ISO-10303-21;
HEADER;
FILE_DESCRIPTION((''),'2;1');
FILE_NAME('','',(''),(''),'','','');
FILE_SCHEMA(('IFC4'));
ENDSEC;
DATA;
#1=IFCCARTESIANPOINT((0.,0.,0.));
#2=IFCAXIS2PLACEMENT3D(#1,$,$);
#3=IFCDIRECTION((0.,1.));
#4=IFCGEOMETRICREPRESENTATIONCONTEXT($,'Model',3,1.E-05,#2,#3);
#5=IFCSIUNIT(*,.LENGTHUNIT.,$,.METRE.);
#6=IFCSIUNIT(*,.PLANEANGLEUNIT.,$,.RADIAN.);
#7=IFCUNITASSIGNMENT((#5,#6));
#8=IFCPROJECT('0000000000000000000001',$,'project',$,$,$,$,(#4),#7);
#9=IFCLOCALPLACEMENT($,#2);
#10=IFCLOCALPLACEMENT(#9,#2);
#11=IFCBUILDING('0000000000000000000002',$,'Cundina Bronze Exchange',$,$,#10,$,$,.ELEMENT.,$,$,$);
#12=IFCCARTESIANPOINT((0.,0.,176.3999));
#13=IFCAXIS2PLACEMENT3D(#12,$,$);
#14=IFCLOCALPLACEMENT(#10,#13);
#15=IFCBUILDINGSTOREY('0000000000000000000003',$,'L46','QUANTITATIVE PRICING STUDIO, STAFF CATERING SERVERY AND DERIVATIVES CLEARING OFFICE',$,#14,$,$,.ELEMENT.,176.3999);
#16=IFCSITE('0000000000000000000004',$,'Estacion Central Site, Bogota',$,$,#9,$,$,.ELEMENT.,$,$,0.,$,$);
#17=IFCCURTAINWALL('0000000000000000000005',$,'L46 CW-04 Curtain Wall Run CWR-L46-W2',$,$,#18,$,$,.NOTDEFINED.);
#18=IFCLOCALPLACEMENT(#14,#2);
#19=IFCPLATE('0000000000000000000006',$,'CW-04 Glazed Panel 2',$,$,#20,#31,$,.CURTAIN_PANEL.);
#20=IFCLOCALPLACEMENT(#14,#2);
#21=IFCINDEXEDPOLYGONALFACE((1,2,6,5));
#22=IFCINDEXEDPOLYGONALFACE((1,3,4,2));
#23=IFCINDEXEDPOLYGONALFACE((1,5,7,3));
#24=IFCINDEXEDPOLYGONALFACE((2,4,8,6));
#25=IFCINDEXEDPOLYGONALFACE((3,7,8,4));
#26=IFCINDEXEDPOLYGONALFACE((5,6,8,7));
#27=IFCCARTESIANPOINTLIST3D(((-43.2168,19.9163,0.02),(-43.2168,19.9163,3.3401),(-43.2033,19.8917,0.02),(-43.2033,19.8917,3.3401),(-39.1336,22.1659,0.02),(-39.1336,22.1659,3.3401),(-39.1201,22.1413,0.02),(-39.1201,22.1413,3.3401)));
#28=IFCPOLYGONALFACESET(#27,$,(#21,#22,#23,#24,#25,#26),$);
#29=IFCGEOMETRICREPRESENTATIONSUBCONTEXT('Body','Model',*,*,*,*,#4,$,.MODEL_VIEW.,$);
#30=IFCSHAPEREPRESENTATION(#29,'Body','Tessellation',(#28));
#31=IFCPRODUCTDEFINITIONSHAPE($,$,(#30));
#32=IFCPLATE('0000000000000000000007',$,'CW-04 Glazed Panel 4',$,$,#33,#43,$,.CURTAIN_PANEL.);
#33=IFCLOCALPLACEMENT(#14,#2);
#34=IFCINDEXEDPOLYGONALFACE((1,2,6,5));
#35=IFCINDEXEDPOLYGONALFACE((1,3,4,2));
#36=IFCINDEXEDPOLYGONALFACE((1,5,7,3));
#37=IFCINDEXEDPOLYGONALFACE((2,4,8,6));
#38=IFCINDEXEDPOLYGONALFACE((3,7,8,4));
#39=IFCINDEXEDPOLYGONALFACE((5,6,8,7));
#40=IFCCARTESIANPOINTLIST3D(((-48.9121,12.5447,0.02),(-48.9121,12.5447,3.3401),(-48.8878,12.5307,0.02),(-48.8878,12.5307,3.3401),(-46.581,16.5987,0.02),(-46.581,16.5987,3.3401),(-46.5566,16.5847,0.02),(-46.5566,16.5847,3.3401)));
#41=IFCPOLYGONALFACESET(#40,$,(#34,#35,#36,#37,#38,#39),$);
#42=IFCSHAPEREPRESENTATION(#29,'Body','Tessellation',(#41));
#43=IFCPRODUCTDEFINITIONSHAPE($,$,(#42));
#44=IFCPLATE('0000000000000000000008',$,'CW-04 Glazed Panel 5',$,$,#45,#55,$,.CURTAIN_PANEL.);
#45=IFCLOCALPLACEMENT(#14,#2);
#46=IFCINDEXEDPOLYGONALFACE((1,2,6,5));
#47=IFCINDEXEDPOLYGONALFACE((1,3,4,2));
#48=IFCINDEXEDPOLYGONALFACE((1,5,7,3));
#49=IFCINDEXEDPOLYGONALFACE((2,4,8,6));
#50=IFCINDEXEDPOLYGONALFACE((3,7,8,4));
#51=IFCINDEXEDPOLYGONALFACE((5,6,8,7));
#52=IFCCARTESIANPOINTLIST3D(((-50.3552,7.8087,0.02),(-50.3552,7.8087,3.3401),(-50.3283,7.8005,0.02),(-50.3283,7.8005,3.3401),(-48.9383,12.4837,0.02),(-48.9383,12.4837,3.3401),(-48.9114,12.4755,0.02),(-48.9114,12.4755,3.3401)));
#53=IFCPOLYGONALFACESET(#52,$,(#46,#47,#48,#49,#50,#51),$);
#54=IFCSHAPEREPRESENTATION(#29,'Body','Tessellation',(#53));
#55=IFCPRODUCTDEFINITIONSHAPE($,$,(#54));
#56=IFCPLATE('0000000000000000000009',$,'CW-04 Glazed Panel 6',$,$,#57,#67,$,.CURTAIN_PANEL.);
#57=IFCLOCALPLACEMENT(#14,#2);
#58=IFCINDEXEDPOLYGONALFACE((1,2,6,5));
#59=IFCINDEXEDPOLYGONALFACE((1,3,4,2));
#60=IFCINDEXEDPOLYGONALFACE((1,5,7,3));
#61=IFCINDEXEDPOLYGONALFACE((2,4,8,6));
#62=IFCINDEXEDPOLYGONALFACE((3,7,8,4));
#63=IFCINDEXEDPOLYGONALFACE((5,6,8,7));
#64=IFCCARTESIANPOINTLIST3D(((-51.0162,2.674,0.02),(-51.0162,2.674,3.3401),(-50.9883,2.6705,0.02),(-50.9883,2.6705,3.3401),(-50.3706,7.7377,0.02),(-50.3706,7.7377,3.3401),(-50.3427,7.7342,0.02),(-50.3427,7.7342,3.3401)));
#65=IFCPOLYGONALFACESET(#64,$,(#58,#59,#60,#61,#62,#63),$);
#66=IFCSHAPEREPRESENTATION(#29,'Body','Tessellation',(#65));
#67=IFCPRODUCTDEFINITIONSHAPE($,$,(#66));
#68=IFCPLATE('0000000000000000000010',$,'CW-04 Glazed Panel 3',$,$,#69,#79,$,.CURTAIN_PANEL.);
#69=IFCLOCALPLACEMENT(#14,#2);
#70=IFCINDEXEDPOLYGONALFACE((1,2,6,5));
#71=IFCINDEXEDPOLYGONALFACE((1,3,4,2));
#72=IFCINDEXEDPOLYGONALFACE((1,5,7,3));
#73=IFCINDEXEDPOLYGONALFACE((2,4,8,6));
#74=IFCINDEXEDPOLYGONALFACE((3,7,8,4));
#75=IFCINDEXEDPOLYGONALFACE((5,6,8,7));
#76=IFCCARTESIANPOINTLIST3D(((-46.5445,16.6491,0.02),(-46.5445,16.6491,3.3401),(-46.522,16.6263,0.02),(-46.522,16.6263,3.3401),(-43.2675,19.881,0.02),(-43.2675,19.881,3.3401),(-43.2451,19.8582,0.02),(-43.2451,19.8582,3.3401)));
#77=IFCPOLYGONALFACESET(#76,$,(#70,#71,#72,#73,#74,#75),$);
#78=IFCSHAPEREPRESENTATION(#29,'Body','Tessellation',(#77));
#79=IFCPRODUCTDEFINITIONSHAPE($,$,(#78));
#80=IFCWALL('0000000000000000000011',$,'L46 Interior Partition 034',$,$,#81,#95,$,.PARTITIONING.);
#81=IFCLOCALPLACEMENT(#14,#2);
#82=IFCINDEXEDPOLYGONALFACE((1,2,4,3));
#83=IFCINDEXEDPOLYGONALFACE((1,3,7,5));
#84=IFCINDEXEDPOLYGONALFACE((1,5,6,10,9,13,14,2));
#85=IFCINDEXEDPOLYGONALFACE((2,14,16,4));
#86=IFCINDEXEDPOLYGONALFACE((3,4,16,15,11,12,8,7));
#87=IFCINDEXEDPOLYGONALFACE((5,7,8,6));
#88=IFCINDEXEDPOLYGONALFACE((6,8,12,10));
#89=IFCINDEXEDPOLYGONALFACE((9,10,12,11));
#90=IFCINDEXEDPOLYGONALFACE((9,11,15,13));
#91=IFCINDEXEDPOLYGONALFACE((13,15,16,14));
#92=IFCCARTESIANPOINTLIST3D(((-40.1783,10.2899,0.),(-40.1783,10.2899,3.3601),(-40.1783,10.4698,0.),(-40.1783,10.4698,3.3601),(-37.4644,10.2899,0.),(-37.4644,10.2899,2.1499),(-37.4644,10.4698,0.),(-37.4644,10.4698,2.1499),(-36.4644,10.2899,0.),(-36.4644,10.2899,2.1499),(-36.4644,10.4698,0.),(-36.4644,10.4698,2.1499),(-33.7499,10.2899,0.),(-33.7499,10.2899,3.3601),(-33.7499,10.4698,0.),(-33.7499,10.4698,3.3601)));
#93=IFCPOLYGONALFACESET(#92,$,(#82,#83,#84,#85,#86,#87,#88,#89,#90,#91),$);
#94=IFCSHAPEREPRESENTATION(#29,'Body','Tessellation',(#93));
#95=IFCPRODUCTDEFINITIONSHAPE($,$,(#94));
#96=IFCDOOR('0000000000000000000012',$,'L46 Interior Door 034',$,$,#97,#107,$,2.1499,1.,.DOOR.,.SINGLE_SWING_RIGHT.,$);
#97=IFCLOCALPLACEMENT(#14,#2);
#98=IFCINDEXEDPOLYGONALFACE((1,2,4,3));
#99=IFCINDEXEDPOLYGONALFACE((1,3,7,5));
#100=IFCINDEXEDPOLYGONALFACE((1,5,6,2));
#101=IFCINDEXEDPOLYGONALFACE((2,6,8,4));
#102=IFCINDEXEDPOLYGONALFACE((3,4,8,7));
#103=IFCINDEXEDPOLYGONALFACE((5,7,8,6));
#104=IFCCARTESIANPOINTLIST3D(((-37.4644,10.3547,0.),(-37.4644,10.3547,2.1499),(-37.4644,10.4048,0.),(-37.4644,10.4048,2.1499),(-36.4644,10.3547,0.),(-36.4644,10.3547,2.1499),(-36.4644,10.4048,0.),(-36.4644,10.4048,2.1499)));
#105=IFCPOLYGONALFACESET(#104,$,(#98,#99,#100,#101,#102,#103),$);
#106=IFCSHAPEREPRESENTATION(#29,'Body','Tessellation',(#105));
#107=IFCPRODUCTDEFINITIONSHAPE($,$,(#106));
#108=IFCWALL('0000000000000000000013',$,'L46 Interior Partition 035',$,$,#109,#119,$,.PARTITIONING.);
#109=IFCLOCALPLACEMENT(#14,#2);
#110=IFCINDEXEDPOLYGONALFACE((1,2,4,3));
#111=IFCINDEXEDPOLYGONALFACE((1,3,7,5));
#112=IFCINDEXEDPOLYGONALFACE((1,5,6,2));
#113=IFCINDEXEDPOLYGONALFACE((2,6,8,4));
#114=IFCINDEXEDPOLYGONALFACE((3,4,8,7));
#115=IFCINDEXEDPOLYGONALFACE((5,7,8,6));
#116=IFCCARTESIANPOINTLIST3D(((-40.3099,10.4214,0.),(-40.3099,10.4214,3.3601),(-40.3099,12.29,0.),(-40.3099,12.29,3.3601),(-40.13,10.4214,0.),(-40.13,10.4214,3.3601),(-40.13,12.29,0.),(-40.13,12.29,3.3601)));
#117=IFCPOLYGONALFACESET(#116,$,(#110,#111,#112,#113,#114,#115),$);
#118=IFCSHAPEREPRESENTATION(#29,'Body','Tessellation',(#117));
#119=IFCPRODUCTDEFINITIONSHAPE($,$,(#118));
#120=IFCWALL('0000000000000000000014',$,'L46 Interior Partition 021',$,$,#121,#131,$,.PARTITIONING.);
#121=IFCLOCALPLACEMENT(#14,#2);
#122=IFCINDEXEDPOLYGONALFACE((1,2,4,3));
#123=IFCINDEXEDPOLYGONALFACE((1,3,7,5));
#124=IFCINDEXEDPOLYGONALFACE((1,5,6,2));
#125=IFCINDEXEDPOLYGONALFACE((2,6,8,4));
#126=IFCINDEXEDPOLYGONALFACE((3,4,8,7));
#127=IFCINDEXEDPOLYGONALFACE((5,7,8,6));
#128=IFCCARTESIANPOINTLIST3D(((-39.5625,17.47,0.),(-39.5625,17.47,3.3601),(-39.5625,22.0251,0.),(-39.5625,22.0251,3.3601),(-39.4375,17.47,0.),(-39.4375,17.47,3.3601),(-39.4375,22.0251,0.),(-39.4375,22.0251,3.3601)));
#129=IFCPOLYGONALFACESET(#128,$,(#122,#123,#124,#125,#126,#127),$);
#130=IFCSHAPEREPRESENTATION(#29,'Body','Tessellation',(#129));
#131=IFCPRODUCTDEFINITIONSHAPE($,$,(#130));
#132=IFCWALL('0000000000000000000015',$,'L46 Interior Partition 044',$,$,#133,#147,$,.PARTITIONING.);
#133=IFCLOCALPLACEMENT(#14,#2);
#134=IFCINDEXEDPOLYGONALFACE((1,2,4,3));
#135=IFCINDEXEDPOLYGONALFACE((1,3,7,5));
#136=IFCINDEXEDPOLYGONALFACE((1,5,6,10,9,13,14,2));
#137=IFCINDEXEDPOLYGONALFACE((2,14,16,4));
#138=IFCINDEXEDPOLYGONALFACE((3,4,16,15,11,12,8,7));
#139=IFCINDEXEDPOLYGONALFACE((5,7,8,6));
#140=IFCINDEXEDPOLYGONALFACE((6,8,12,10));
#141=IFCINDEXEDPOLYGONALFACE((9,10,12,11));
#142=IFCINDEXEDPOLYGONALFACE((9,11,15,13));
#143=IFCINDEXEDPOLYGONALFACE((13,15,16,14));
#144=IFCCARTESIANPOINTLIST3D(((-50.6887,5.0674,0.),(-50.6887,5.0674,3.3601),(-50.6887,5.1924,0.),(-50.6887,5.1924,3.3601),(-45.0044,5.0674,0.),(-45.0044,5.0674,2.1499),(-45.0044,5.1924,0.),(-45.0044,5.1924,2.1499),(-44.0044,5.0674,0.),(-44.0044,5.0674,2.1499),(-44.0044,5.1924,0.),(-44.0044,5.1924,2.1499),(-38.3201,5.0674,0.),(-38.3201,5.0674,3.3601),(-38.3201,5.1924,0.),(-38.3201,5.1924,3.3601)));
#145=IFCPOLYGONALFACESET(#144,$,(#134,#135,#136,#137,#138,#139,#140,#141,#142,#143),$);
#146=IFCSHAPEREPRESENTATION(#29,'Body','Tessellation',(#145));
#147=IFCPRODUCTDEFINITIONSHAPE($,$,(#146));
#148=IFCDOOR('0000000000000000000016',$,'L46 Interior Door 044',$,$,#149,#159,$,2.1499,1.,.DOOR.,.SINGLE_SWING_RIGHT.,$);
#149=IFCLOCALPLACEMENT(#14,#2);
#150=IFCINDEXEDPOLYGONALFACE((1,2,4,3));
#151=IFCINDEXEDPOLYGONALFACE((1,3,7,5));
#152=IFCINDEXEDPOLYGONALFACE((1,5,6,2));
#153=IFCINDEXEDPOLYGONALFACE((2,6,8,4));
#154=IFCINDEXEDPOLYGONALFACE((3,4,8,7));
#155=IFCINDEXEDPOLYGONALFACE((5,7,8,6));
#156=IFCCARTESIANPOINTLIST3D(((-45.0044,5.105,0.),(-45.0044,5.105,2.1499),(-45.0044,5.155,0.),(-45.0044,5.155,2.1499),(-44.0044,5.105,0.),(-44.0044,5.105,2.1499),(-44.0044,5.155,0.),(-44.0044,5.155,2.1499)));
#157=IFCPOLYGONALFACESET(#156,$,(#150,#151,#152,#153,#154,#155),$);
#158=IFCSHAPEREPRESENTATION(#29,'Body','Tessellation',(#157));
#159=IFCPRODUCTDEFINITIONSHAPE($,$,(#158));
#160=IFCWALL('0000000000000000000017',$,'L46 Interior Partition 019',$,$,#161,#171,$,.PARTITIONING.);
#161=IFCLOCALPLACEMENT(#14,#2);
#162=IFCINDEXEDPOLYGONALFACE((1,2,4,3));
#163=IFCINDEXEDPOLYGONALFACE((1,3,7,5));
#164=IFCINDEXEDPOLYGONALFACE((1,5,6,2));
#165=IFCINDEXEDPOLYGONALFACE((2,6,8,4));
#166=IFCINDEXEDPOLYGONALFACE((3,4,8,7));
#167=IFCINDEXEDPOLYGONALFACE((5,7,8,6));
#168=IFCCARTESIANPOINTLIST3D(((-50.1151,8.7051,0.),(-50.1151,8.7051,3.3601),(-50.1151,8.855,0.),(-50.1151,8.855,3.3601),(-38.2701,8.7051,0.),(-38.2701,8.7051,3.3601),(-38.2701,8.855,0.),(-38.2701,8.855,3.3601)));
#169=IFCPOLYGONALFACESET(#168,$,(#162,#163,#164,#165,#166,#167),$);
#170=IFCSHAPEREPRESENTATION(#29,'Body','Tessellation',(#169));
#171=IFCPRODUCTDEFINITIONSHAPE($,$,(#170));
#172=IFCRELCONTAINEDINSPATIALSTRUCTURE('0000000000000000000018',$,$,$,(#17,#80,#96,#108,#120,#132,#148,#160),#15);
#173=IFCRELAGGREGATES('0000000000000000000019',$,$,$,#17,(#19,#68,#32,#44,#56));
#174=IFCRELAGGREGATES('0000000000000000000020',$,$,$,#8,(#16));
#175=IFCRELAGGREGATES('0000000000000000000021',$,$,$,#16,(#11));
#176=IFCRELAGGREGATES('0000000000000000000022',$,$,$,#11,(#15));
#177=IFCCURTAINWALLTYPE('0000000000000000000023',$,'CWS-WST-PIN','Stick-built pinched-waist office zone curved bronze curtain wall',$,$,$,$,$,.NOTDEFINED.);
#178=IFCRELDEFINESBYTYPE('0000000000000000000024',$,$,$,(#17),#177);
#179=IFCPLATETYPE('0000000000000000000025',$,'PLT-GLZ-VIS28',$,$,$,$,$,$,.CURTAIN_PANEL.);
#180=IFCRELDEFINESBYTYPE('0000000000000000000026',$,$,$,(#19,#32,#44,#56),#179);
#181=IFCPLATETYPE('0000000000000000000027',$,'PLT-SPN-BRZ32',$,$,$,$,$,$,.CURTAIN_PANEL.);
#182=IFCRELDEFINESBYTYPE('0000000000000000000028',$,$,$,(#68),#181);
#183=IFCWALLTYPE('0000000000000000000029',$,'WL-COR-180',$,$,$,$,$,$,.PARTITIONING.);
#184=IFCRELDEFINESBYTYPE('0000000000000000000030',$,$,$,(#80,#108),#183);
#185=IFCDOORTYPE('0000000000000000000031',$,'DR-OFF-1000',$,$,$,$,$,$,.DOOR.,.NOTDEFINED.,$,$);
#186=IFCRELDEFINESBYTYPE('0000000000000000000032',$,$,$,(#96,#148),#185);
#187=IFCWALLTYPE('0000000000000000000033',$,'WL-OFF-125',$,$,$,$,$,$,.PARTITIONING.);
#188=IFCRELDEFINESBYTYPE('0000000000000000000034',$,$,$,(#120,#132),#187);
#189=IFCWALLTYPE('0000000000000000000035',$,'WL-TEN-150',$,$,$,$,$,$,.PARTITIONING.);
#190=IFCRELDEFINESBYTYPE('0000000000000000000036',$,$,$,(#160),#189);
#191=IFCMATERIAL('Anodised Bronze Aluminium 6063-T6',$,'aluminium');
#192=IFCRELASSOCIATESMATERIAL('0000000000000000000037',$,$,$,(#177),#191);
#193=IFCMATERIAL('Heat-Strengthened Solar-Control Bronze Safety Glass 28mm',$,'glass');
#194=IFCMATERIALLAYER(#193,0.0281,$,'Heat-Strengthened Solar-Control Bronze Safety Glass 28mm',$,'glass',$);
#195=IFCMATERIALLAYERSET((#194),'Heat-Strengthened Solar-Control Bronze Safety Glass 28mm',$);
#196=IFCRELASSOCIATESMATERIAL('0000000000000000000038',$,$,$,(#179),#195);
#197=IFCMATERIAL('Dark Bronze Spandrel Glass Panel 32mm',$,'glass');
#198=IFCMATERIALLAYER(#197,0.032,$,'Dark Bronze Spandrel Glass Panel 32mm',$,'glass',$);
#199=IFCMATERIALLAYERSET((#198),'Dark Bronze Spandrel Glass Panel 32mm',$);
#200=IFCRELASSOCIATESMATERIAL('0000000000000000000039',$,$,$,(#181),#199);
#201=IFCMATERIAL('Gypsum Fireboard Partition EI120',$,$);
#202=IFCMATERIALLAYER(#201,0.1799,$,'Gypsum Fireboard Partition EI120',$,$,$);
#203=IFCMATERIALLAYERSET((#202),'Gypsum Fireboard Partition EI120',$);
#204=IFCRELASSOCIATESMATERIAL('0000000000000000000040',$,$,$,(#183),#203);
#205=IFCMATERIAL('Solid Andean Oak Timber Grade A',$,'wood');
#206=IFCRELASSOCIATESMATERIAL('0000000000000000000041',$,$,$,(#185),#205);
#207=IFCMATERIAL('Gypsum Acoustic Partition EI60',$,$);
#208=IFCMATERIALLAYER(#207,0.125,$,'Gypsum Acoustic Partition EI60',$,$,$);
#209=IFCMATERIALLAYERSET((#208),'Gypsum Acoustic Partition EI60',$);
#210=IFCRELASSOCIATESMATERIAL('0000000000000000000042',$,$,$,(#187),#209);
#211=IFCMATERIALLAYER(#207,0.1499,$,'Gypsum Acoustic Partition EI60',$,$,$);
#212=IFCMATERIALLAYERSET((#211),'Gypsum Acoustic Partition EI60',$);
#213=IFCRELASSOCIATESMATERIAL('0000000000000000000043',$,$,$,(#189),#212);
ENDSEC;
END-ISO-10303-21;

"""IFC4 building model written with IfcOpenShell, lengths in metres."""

from ifc_helpers import new_model, si_unit, direction, frame, frame_2d, origin, origin_2d, place, context, subcontext, project, spatial, rectangle, extrude, material, layer, layer_set, type_object, element, fill, aggregate, save


model = new_model("IFC4")

# Units and contexts
model_context = context("Model", 3, precision=1e-05, world=origin(), true_north=direction((0.0, 1.0)))
body_context = subcontext(model_context, "Body", "Model", "MODEL_VIEW")
ifc_project = project(units=[si_unit("LENGTHUNIT", "METRE"), si_unit("PLANEANGLEUNIT", "RADIAN")], contexts=[model_context])

# Site, building, storey
site_placement = place(None, origin())
site = spatial("IfcSite", under=ifc_project, at=site_placement, Name="Estacion Central Site, Bogota", CompositionType="ELEMENT", RefElevation=0.0)
building_placement = place(site_placement, origin())
building = spatial("IfcBuilding", under=site, at=building_placement, Name="Cundina Bronze Exchange", CompositionType="ELEMENT")
storey_placement = place(building_placement, frame((0.0, 0.0, 176.3999)))
storey = spatial("IfcBuildingStorey", under=building, at=storey_placement, Name="L46", Description="QUANTITATIVE PRICING STUDIO, STAFF CATERING SERVERY AND DERIVATIVES CLEARING OFFICE", CompositionType="ELEMENT", Elevation=176.3999)

# Curtain wall, plates
ifc_material_1 = material(Name="Anodised Bronze Aluminium 6063-T6", Category="aluminium")
curtain_wall_type = type_object("IfcCurtainWallType", Name="CWS-WST-PIN", Description="Stick-built pinched-waist office zone curved bronze curtain wall", PredefinedType="NOTDEFINED", material=ifc_material_1)
curtain_wall_placement = place(storey_placement, origin())
curtain_wall = element("IfcCurtainWall", 1, at=curtain_wall_placement, inside=storey, type_object=curtain_wall_type, Name="L46 CW-04 Curtain Wall Run CWR-L46-W2", PredefinedType="NOTDEFINED")
ifc_material_2 = material(Name="Heat-Strengthened Solar-Control Bronze Safety Glass 28mm", Category="glass")
ifc_layer_1 = layer(ifc_material_2, 0.0281, Name="Heat-Strengthened Solar-Control Bronze Safety Glass 28mm", Category="glass")
ifc_layer_set_1 = layer_set([ifc_layer_1], Name="Heat-Strengthened Solar-Control Bronze Safety Glass 28mm")
plate_type_1 = type_object("IfcPlateType", Name="PLT-GLZ-VIS28", PredefinedType="CURTAIN_PANEL", material=ifc_layer_set_1)
plate_1_placement = place(storey_placement, frame((-41.1685, 21.0288, 0.02), z_axis=(0.0, 0.0, 1.0), x_axis=(-0.875869, -0.482549, 0.0)))
plate_1 = element("IfcPlate", 2, at=plate_1_placement, type_object=plate_type_1, Name="CW-04 Glazed Panel 2", PredefinedType="CURTAIN_PANEL", context=body_context, shape_type="SweptSolid", body=[
    extrude(rectangle(XDim=4.6619, YDim=0.0281, at=origin_2d()), origin(), (0.0, 0.0, 1.0), 3.3201),
])
plate_2_placement = place(storey_placement, frame((-47.7344, 14.5647, 0.02), z_axis=(0.0, 0.0, 1.0), x_axis=(-0.498488, -0.866897, 0.0)))
plate_2 = element("IfcPlate", 3, at=plate_2_placement, type_object=plate_type_1, Name="CW-04 Glazed Panel 4", PredefinedType="CURTAIN_PANEL", context=body_context, shape_type="SweptSolid", body=[
    extrude(rectangle(XDim=4.6765, YDim=0.0281, at=origin_2d()), origin(), (0.0, 0.0, 1.0), 3.3201),
])
plate_3_placement = place(storey_placement, frame((-49.6333, 10.1421, 0.02), z_axis=(0.0, 0.0, 1.0), x_axis=(-0.290051, -0.957011, 0.0)))
plate_3 = element("IfcPlate", 4, at=plate_3_placement, type_object=plate_type_1, Name="CW-04 Glazed Panel 5", PredefinedType="CURTAIN_PANEL", context=body_context, shape_type="SweptSolid", body=[
    extrude(rectangle(XDim=4.885, YDim=0.0281, at=origin_2d()), origin(), (0.0, 0.0, 1.0), 3.3201),
])
plate_4_placement = place(storey_placement, frame((-50.6794, 5.2041, 0.02), z_axis=(0.0, 0.0, 1.0), x_axis=(-0.126476, -0.99197, 0.0)))
plate_4 = element("IfcPlate", 5, at=plate_4_placement, type_object=plate_type_1, Name="CW-04 Glazed Panel 6", PredefinedType="CURTAIN_PANEL", context=body_context, shape_type="SweptSolid", body=[
    extrude(rectangle(XDim=5.1047, YDim=0.0281, at=origin_2d()), origin(), (0.0, 0.0, 1.0), 3.3201),
])
ifc_material_3 = material(Name="Dark Bronze Spandrel Glass Panel 32mm", Category="glass")
ifc_layer_2 = layer(ifc_material_3, 0.032, Name="Dark Bronze Spandrel Glass Panel 32mm", Category="glass")
ifc_layer_set_2 = layer_set([ifc_layer_2], Name="Dark Bronze Spandrel Glass Panel 32mm")
plate_type_2 = type_object("IfcPlateType", Name="PLT-SPN-BRZ32", PredefinedType="CURTAIN_PANEL", material=ifc_layer_set_2)
plate_5_placement = place(storey_placement, frame((-44.8948, 18.2537, 0.02), z_axis=(0.0, 0.0, 1.0), x_axis=(-0.711989, -0.70219, 0.0)))
plate_5 = element("IfcPlate", 6, at=plate_5_placement, type_object=plate_type_2, Name="CW-04 Glazed Panel 3", PredefinedType="CURTAIN_PANEL", context=body_context, shape_type="SweptSolid", body=[
    extrude(rectangle(XDim=4.6025, YDim=0.032, at=origin_2d()), origin(), (0.0, 0.0, 1.0), 3.3201),
])
aggregate(curtain_wall, [plate_1, plate_5, plate_2, plate_3, plate_4])

# Wall, opening, door
ifc_material_4 = material(Name="Gypsum Fireboard Partition EI120")
ifc_layer_3 = layer(ifc_material_4, 0.1799, Name="Gypsum Fireboard Partition EI120")
ifc_layer_set_3 = layer_set([ifc_layer_3], Name="Gypsum Fireboard Partition EI120")
wall_type_1 = type_object("IfcWallType", Name="WL-COR-180", PredefinedType="PARTITIONING", material=ifc_layer_set_3)
wall_1_placement = place(storey_placement, frame((-40.1785, 10.3799, 0.0), z_axis=(0.0, 0.0, 1.0), x_axis=(1.0, 0.0, 0.0)))
wall_1 = element("IfcWall", 7, at=wall_1_placement, inside=storey, type_object=wall_type_1, Name="L46 Interior Partition 034", PredefinedType="PARTITIONING", context=body_context, shape_type="SweptSolid", body=[
    extrude(rectangle(XDim=6.4285, YDim=0.1799, at=frame_2d((3.2144, 0.0))), origin(), (0.0, 0.0, 1.0), 3.3601),
])
opening_1_placement = place(wall_1_placement, frame((2.7141, 0.0, 0.0)))
opening_1 = element("IfcOpeningElement", 8, at=opening_1_placement, cuts=wall_1, PredefinedType="OPENING", context=body_context, shape_type="SweptSolid", body=[
    extrude(rectangle(XDim=1.0, YDim=2.1499, at=frame_2d((0.5, 1.075))), frame((0.0, 0.0999, 0.0), z_axis=(0.0, -1.0, 0.0), x_axis=(1.0, 0.0, 0.0)), (0.0, 0.0, 1.0), 0.2),
])
ifc_material_5 = material(Name="Solid Andean Oak Timber Grade A", Category="wood")
door_type = type_object("IfcDoorType", Name="DR-OFF-1000", OperationType="NOTDEFINED", PredefinedType="DOOR", material=ifc_material_5)
door_1_placement = place(opening_1_placement, origin())
door_1 = element("IfcDoor", 9, at=door_1_placement, inside=storey, type_object=door_type, Name="L46 Interior Door 034", OperationType="SINGLE_SWING_RIGHT", OverallHeight=2.1499, OverallWidth=1.0, PredefinedType="DOOR", context=body_context, shape_type="SweptSolid", body=[
    extrude(rectangle(XDim=1.0, YDim=2.1499, at=frame_2d((0.5, 1.075))), frame((0.0, 0.0249, 0.0), z_axis=(0.0, -1.0, 0.0), x_axis=(1.0, 0.0, 0.0)), (0.0, 0.0, 1.0), 0.05),
])
fill(opening_1, door_1)

# Walls
wall_2_placement = place(storey_placement, frame((-40.22, 12.29, 0.0), z_axis=(0.0, 0.0, 1.0), x_axis=(0.0, -1.0, 0.0)))
element("IfcWall", 10, at=wall_2_placement, inside=storey, type_object=wall_type_1, Name="L46 Interior Partition 035", PredefinedType="PARTITIONING", context=body_context, shape_type="SweptSolid", body=[
    extrude(rectangle(XDim=1.8687, YDim=0.1799, at=frame_2d((0.9343, 0.0))), origin(), (0.0, 0.0, 1.0), 3.3601),
])
ifc_material_6 = material(Name="Gypsum Acoustic Partition EI60")
ifc_layer_4 = layer(ifc_material_6, 0.125, Name="Gypsum Acoustic Partition EI60")
ifc_layer_set_4 = layer_set([ifc_layer_4], Name="Gypsum Acoustic Partition EI60")
wall_type_2 = type_object("IfcWallType", Name="WL-OFF-125", PredefinedType="PARTITIONING", material=ifc_layer_set_4)
wall_3_placement = place(storey_placement, frame((-39.5, 17.47, 0.0), z_axis=(0.0, 0.0, 1.0), x_axis=(0.0, 1.0, 0.0)))
element("IfcWall", 11, at=wall_3_placement, inside=storey, type_object=wall_type_2, Name="L46 Interior Partition 021", PredefinedType="PARTITIONING", context=body_context, shape_type="SweptSolid", body=[
    extrude(rectangle(XDim=4.5552, YDim=0.125, at=frame_2d((2.2776, 0.0))), origin(), (0.0, 0.0, 1.0), 3.3601),
])

# Wall, opening, door
wall_4_placement = place(storey_placement, frame((-38.3201, 5.1299, 0.0), z_axis=(0.0, 0.0, 1.0), x_axis=(-1.0, 0.0, 0.0)))
wall_4 = element("IfcWall", 12, at=wall_4_placement, inside=storey, type_object=wall_type_2, Name="L46 Interior Partition 044", PredefinedType="PARTITIONING", context=body_context, shape_type="SweptSolid", body=[
    extrude(rectangle(XDim=12.3687, YDim=0.125, at=frame_2d((6.1843, 0.0))), origin(), (0.0, 0.0, 1.0), 3.3601),
])
opening_2_placement = place(wall_4_placement, frame((5.6843, 0.0, 0.0)))
opening_2 = element("IfcOpeningElement", 13, at=opening_2_placement, cuts=wall_4, PredefinedType="OPENING", context=body_context, shape_type="SweptSolid", body=[
    extrude(rectangle(XDim=1.0, YDim=2.1499, at=frame_2d((0.5, 1.075))), frame((0.0, 0.0725, 0.0), z_axis=(0.0, -1.0, 0.0), x_axis=(1.0, 0.0, 0.0)), (0.0, 0.0, 1.0), 0.145),
])
door_2_placement = place(opening_2_placement, origin())
door_2 = element("IfcDoor", 14, at=door_2_placement, inside=storey, type_object=door_type, Name="L46 Interior Door 044", OperationType="SINGLE_SWING_RIGHT", OverallHeight=2.1499, OverallWidth=1.0, PredefinedType="DOOR", context=body_context, shape_type="SweptSolid", body=[
    extrude(rectangle(XDim=1.0, YDim=2.1499, at=frame_2d((0.5, 1.075))), frame((0.0, 0.0249, 0.0), z_axis=(0.0, -1.0, 0.0), x_axis=(1.0, 0.0, 0.0)), (0.0, 0.0, 1.0), 0.05),
])
fill(opening_2, door_2)

# Wall
ifc_layer_5 = layer(ifc_material_6, 0.1499, Name="Gypsum Acoustic Partition EI60")
ifc_layer_set_5 = layer_set([ifc_layer_5], Name="Gypsum Acoustic Partition EI60")
wall_type_3 = type_object("IfcWallType", Name="WL-TEN-150", PredefinedType="PARTITIONING", material=ifc_layer_set_5)
wall_5_placement = place(storey_placement, frame((-50.115, 8.78, 0.0), z_axis=(0.0, 0.0, 1.0), x_axis=(1.0, 0.0, 0.0)))
element("IfcWall", 15, at=wall_5_placement, inside=storey, type_object=wall_type_3, Name="L46 Interior Partition 019", PredefinedType="PARTITIONING", context=body_context, shape_type="SweptSolid", body=[
    extrude(rectangle(XDim=11.845, YDim=0.1499, at=frame_2d((5.9224, 0.0))), origin(), (0.0, 0.0, 1.0), 3.3601),
])

save(model, "model.ifc")
